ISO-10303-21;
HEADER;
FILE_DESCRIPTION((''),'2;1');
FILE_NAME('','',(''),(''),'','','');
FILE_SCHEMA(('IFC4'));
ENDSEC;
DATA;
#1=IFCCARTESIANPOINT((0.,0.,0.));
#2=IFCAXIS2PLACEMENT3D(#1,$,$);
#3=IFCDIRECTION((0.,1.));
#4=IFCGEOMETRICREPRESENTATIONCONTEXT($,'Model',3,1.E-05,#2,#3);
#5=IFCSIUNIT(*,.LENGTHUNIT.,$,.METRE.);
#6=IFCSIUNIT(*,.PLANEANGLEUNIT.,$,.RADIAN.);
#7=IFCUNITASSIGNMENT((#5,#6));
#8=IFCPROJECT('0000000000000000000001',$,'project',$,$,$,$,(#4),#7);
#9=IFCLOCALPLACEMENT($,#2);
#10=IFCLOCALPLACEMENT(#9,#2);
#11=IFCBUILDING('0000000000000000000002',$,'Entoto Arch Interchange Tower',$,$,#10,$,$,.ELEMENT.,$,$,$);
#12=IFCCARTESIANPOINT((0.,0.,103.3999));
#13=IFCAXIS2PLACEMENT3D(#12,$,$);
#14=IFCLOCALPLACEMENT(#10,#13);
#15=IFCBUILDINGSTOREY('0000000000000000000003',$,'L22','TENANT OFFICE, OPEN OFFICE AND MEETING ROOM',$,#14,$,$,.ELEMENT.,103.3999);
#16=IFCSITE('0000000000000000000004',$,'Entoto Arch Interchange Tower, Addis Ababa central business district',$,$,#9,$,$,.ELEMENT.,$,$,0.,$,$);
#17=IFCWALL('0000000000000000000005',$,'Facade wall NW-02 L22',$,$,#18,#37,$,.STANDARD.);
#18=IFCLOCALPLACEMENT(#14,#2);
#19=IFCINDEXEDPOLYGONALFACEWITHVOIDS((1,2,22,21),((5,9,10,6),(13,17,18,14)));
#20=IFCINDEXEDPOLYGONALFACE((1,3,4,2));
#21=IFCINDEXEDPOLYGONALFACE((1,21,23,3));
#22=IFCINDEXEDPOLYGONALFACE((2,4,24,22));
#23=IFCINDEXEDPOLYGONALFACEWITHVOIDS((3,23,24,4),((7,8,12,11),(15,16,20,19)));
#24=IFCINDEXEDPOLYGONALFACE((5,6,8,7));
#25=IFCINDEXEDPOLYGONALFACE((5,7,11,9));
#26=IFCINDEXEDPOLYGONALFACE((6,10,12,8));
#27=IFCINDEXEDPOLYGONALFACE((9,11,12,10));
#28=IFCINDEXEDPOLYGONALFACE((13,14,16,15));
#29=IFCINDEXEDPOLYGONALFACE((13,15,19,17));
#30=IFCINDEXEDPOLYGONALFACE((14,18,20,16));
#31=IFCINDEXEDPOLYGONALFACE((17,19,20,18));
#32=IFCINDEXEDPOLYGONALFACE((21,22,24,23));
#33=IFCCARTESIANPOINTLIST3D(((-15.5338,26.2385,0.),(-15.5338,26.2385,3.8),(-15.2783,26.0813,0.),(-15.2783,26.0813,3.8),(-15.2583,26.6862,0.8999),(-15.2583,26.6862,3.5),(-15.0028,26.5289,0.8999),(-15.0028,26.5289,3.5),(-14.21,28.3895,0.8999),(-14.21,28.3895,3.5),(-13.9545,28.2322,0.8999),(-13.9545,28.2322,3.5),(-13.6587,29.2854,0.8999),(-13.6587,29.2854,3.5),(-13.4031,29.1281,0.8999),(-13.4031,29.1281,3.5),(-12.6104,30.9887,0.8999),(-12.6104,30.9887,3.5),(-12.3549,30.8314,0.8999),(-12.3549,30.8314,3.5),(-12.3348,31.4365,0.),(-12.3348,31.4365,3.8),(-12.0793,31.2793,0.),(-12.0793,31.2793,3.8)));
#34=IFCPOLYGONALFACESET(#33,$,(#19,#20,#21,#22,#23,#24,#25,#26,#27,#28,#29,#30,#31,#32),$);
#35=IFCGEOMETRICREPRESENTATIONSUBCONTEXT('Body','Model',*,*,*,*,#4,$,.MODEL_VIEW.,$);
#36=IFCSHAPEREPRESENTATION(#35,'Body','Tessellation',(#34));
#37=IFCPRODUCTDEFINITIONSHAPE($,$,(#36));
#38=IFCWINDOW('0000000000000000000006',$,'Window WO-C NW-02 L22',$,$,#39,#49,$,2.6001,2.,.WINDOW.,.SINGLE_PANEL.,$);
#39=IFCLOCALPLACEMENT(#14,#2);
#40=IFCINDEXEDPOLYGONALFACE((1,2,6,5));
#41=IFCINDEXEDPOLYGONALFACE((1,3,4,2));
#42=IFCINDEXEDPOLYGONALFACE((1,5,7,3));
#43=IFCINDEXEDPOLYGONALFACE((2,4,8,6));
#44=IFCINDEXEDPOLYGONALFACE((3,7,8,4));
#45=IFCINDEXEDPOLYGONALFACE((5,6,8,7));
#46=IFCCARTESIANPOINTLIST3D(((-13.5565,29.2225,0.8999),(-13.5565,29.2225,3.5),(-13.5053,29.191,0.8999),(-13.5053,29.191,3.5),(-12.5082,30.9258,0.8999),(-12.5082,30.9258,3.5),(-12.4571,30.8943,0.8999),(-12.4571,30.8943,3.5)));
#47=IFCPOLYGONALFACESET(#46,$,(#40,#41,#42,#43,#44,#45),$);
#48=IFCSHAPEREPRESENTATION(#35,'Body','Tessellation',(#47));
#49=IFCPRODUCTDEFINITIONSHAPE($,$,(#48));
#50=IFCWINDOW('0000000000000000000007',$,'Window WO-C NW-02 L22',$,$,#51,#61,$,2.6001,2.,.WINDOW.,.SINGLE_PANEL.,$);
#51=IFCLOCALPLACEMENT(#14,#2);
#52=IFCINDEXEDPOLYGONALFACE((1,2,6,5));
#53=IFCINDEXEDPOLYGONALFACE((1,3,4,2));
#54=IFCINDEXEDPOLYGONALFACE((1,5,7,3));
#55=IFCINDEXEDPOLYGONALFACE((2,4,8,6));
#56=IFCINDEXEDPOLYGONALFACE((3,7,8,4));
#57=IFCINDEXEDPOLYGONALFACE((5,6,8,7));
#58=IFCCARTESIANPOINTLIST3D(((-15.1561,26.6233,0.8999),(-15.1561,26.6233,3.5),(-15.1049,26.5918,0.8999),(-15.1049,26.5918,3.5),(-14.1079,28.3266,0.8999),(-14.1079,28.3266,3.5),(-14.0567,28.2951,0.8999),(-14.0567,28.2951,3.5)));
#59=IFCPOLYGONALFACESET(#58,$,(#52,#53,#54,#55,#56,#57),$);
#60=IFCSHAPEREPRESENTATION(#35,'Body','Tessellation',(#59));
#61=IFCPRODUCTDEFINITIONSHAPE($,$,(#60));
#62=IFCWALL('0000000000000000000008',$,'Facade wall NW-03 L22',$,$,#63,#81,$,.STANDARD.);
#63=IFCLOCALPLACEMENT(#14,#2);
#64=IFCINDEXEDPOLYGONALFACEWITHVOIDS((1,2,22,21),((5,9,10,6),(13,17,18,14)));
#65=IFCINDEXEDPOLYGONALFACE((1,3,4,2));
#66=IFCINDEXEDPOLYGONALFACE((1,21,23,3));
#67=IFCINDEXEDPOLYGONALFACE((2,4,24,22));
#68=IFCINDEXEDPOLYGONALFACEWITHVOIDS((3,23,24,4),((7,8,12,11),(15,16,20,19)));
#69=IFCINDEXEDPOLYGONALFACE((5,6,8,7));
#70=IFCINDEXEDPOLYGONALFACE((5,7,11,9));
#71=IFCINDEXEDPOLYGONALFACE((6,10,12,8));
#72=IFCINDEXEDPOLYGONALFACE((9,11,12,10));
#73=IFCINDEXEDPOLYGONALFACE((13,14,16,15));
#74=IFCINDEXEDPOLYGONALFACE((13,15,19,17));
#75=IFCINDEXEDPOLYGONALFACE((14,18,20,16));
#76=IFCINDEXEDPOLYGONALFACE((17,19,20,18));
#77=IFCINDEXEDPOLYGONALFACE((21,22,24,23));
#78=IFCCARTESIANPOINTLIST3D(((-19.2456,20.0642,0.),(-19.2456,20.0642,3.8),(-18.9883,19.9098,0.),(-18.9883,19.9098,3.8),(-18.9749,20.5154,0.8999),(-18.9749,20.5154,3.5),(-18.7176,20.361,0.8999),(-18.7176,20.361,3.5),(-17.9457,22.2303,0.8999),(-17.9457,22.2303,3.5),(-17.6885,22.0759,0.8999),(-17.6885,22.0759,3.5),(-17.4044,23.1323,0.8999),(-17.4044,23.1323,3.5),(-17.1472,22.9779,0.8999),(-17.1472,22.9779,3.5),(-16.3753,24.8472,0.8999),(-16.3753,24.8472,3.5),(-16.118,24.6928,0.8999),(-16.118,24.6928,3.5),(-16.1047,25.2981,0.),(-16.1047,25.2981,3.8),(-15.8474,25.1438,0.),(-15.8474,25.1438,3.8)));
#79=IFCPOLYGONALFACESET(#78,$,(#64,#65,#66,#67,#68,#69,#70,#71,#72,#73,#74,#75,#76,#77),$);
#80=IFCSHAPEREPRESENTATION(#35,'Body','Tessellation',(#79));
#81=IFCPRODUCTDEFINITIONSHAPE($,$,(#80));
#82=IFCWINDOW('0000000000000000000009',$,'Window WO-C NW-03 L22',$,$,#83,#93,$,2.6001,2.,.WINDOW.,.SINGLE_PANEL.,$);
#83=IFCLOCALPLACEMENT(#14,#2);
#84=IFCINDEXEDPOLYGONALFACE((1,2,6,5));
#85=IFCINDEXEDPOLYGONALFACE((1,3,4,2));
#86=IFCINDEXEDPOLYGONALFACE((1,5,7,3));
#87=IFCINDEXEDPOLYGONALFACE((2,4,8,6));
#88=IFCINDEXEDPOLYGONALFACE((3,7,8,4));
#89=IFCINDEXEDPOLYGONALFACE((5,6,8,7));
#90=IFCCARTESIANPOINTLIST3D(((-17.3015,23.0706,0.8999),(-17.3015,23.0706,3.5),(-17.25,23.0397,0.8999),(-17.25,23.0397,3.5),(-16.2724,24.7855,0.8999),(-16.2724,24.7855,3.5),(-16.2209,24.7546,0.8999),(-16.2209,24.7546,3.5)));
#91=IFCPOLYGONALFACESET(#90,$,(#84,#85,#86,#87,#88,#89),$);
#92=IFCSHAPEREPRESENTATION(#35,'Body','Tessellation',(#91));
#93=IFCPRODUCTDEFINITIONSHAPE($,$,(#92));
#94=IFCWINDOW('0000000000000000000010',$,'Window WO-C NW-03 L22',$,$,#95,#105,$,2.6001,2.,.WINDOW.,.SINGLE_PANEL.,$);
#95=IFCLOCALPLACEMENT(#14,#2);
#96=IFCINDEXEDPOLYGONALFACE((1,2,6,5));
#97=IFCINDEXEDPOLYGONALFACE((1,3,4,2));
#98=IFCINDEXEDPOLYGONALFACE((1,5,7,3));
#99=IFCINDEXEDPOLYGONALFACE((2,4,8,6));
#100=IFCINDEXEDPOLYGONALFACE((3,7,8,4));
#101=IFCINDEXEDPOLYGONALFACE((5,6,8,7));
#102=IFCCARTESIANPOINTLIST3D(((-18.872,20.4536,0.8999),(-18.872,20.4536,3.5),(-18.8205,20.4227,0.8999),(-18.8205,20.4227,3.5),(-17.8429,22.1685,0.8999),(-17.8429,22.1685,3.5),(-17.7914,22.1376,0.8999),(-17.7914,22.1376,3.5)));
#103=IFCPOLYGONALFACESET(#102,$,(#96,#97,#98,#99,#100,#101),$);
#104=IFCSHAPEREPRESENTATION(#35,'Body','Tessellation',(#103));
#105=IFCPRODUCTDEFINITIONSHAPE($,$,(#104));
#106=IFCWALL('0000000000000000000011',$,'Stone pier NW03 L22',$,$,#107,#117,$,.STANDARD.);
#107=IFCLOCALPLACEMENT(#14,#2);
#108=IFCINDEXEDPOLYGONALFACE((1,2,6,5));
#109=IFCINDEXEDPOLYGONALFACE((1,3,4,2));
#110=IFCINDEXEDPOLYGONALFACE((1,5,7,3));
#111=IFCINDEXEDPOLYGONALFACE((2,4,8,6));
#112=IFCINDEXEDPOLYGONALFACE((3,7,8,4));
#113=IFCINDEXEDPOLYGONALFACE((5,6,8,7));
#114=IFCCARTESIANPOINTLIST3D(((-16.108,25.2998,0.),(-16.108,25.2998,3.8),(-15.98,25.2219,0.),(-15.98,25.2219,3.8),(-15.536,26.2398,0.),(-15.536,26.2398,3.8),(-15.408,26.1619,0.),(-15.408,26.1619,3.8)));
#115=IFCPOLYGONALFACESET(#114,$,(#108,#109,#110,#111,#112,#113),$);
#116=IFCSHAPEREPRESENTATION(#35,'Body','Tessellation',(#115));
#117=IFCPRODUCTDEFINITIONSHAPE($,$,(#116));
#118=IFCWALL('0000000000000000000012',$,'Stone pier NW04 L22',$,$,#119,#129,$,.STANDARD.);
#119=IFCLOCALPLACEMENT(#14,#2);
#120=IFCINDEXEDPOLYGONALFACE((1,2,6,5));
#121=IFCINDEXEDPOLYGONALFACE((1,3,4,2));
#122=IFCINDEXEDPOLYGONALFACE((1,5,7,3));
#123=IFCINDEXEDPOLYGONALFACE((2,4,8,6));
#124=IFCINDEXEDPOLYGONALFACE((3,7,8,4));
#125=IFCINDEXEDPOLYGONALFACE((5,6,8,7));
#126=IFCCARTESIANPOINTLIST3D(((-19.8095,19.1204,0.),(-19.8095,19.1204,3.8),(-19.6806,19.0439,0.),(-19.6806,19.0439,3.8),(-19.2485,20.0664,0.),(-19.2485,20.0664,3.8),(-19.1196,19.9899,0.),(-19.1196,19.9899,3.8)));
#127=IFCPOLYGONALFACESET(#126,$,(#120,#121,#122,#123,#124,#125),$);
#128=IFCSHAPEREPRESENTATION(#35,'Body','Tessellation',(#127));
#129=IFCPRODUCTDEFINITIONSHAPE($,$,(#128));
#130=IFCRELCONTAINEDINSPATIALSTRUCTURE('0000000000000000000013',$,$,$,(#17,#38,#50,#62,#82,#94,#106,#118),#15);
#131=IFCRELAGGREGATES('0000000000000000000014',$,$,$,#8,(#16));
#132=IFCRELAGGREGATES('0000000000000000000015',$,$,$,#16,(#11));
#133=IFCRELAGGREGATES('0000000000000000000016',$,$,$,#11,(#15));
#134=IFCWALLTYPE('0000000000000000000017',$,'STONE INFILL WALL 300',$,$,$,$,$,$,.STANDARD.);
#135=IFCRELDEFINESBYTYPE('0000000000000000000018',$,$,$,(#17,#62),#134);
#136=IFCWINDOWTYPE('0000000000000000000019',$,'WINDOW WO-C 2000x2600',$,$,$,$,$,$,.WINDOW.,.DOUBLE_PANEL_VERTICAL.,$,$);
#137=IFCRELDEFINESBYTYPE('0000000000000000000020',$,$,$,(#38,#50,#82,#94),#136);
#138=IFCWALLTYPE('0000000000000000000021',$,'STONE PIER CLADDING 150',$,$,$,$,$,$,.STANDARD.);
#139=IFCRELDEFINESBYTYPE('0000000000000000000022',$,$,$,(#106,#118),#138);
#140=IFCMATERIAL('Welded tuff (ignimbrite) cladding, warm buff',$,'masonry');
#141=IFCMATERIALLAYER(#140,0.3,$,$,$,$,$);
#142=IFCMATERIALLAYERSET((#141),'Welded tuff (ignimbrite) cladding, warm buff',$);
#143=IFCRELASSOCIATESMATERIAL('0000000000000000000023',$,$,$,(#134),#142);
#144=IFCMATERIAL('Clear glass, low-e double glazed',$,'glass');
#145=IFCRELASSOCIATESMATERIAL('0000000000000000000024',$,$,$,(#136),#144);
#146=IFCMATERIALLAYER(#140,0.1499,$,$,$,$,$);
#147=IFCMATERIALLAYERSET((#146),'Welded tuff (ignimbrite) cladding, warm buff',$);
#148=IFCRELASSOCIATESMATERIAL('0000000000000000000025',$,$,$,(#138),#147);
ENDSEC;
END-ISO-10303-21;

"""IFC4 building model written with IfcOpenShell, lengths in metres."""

from ifc_helpers import new_model, si_unit, direction, frame, frame_2d, origin, place, context, subcontext, project, spatial, rectangle, extrude, material, layer, layer_set, type_object, element, fill, save


model = new_model("IFC4")

# Units and contexts
model_context = context("Model", 3, precision=1e-05, world=origin(), true_north=direction((0.0, 1.0)))
body_context = subcontext(model_context, "Body", "Model", "MODEL_VIEW")
ifc_project = project(units=[si_unit("LENGTHUNIT", "METRE"), si_unit("PLANEANGLEUNIT", "RADIAN")], contexts=[model_context])

# Site, building, storey
site_placement = place(None, origin())
site = spatial("IfcSite", under=ifc_project, at=site_placement, Name="Entoto Arch Interchange Tower, Addis Ababa central business district", CompositionType="ELEMENT", RefElevation=0.0)
building_placement = place(site_placement, origin())
building = spatial("IfcBuilding", under=site, at=building_placement, Name="Entoto Arch Interchange Tower", CompositionType="ELEMENT")
storey_placement = place(building_placement, frame((0.0, 0.0, 103.3999)))
storey = spatial("IfcBuildingStorey", under=building, at=storey_placement, Name="L22", Description="TENANT OFFICE, OPEN OFFICE AND MEETING ROOM", CompositionType="ELEMENT", Elevation=103.3999)

# Walls, openings, windows
ifc_material_1 = material(Name="Welded tuff (ignimbrite) cladding, warm buff", Category="masonry")
ifc_layer_1 = layer(ifc_material_1, 0.3)
ifc_layer_set_1 = layer_set([ifc_layer_1], Name="Welded tuff (ignimbrite) cladding, warm buff")
wall_type_1 = type_object("IfcWallType", Name="STONE INFILL WALL 300", PredefinedType="STANDARD", material=ifc_layer_set_1)
wall_1_placement = place(storey_placement, frame((-12.207, 31.3579, 0.0), z_axis=(0.0, 0.0, 1.0), x_axis=(-0.524122, -0.851643, 0.0)))
wall_1 = element("IfcWall", 1, at=wall_1_placement, inside=storey, type_object=wall_type_1, Name="Facade wall NW-02 L22", PredefinedType="STANDARD", context=body_context, shape_type="SweptSolid", body=[
    extrude(rectangle(XDim=6.1035, YDim=0.3, at=frame_2d((3.0518, 0.0))), origin(), (0.0, 0.0, 1.0), 3.8),
])
opening_1_placement = place(wall_1_placement, frame((0.5259, 0.0, 0.8999)))
opening_1 = element("IfcOpeningElement", 2, at=opening_1_placement, cuts=wall_1, PredefinedType="OPENING", context=body_context, shape_type="SweptSolid", body=[
    extrude(rectangle(XDim=2.0, YDim=2.6001, at=frame_2d((1.0, 1.3))), frame((0.0, 0.1602, 0.0), z_axis=(0.0, -1.0, 0.0), x_axis=(1.0, 0.0, 0.0)), (0.0, 0.0, 1.0), 0.3201),
])
opening_2_placement = place(wall_1_placement, frame((3.5779, 0.0, 0.8999)))
opening_2 = element("IfcOpeningElement", 3, at=opening_2_placement, cuts=wall_1, PredefinedType="OPENING", context=body_context, shape_type="SweptSolid", body=[
    extrude(rectangle(XDim=2.0, YDim=2.6001, at=frame_2d((1.0, 1.3))), frame((0.0, 0.1602, 0.0), z_axis=(0.0, -1.0, 0.0), x_axis=(1.0, 0.0, 0.0)), (0.0, 0.0, 1.0), 0.3201),
])
ifc_material_2 = material(Name="Clear glass, low-e double glazed", Category="glass")
window_type = type_object("IfcWindowType", Name="WINDOW WO-C 2000x2600", PartitioningType="DOUBLE_PANEL_VERTICAL", PredefinedType="WINDOW", material=ifc_material_2)
window_1_placement = place(opening_1_placement, origin())
window_1 = element("IfcWindow", 4, at=window_1_placement, inside=storey, type_object=window_type, Name="Window WO-C NW-02 L22", OverallHeight=2.6001, OverallWidth=2.0, PartitioningType="SINGLE_PANEL", PredefinedType="WINDOW", context=body_context, shape_type="SweptSolid", body=[
    extrude(rectangle(XDim=2.0, YDim=2.6001, at=frame_2d((1.0, 1.3))), frame((0.0, 0.03, 0.0), z_axis=(0.0, -1.0, 0.0), x_axis=(1.0, 0.0, 0.0)), (0.0, 0.0, 1.0), 0.0601),
])
fill(opening_1, window_1)
window_2_placement = place(opening_2_placement, origin())
window_2 = element("IfcWindow", 5, at=window_2_placement, inside=storey, type_object=window_type, Name="Window WO-C NW-02 L22", OverallHeight=2.6001, OverallWidth=2.0, PartitioningType="SINGLE_PANEL", PredefinedType="WINDOW", context=body_context, shape_type="SweptSolid", body=[
    extrude(rectangle(XDim=2.0, YDim=2.6001, at=frame_2d((1.0, 1.3))), frame((0.0, 0.03, 0.0), z_axis=(0.0, -1.0, 0.0), x_axis=(1.0, 0.0, 0.0)), (0.0, 0.0, 1.0), 0.0601),
])
fill(opening_2, window_2)
wall_2_placement = place(storey_placement, frame((-15.9761, 25.2209, 0.0), z_axis=(0.0, 0.0, 1.0), x_axis=(-0.51456, -0.857454, 0.0)))
wall_2 = element("IfcWall", 6, at=wall_2_placement, inside=storey, type_object=wall_type_1, Name="Facade wall NW-03 L22", PredefinedType="STANDARD", context=body_context, shape_type="SweptSolid", body=[
    extrude(rectangle(XDim=6.104, YDim=0.3, at=frame_2d((3.052, 0.0))), origin(), (0.0, 0.0, 1.0), 3.8),
])
opening_3_placement = place(wall_2_placement, frame((0.5259, 0.0, 0.8999)))
opening_3 = element("IfcOpeningElement", 7, at=opening_3_placement, cuts=wall_2, PredefinedType="OPENING", context=body_context, shape_type="SweptSolid", body=[
    extrude(rectangle(XDim=2.0, YDim=2.6001, at=frame_2d((1.0, 1.3))), frame((0.0, 0.1602, 0.0), z_axis=(0.0, -1.0, 0.0), x_axis=(1.0, 0.0, 0.0)), (0.0, 0.0, 1.0), 0.3201),
])
opening_4_placement = place(wall_2_placement, frame((3.5779, 0.0, 0.8999)))
opening_4 = element("IfcOpeningElement", 8, at=opening_4_placement, cuts=wall_2, PredefinedType="OPENING", context=body_context, shape_type="SweptSolid", body=[
    extrude(rectangle(XDim=2.0, YDim=2.6001, at=frame_2d((1.0, 1.3))), frame((0.0, 0.1602, 0.0), z_axis=(0.0, -1.0, 0.0), x_axis=(1.0, 0.0, 0.0)), (0.0, 0.0, 1.0), 0.3201),
])
window_3_placement = place(opening_3_placement, origin())
window_3 = element("IfcWindow", 9, at=window_3_placement, inside=storey, type_object=window_type, Name="Window WO-C NW-03 L22", OverallHeight=2.6001, OverallWidth=2.0, PartitioningType="SINGLE_PANEL", PredefinedType="WINDOW", context=body_context, shape_type="SweptSolid", body=[
    extrude(rectangle(XDim=2.0, YDim=2.6001, at=frame_2d((1.0, 1.3))), frame((0.0, 0.03, 0.0), z_axis=(0.0, -1.0, 0.0), x_axis=(1.0, 0.0, 0.0)), (0.0, 0.0, 1.0), 0.0601),
])
fill(opening_3, window_3)
window_4_placement = place(opening_4_placement, origin())
window_4 = element("IfcWindow", 10, at=window_4_placement, inside=storey, type_object=window_type, Name="Window WO-C NW-03 L22", OverallHeight=2.6001, OverallWidth=2.0, PartitioningType="SINGLE_PANEL", PredefinedType="WINDOW", context=body_context, shape_type="SweptSolid", body=[
    extrude(rectangle(XDim=2.0, YDim=2.6001, at=frame_2d((1.0, 1.3))), frame((0.0, 0.03, 0.0), z_axis=(0.0, -1.0, 0.0), x_axis=(1.0, 0.0, 0.0)), (0.0, 0.0, 1.0), 0.0601),
])
fill(opening_4, window_4)

# Walls
ifc_layer_2 = layer(ifc_material_1, 0.1499)
ifc_layer_set_2 = layer_set([ifc_layer_2], Name="Welded tuff (ignimbrite) cladding, warm buff")
wall_type_2 = type_object("IfcWallType", Name="STONE PIER CLADDING 150", PredefinedType="STANDARD", material=ifc_layer_set_2)
wall_3_placement = place(storey_placement, frame((-15.4719, 26.2009, 0.0), z_axis=(0.0, 0.0, 1.0), x_axis=(-0.51987, -0.854246, 0.0)))
element("IfcWall", 11, at=wall_3_placement, inside=storey, type_object=wall_type_2, Name="Stone pier NW03 L22", PredefinedType="STANDARD", context=body_context, shape_type="SweptSolid", body=[
    extrude(rectangle(XDim=1.1003, YDim=0.1499, at=frame_2d((0.5503, 0.0))), origin(), (0.0, 0.0, 1.0), 3.8),
])
wall_4_placement = place(storey_placement, frame((-19.1841, 20.0281, 0.0), z_axis=(0.0, 0.0, 1.0), x_axis=(-0.510082, -0.860126, 0.0)))
element("IfcWall", 12, at=wall_4_placement, inside=storey, type_object=wall_type_2, Name="Stone pier NW04 L22", PredefinedType="STANDARD", context=body_context, shape_type="SweptSolid", body=[
    extrude(rectangle(XDim=1.0999, YDim=0.1499, at=frame_2d((0.5498, 0.0))), origin(), (0.0, 0.0, 1.0), 3.8),
])

save(model, "model.ifc")
